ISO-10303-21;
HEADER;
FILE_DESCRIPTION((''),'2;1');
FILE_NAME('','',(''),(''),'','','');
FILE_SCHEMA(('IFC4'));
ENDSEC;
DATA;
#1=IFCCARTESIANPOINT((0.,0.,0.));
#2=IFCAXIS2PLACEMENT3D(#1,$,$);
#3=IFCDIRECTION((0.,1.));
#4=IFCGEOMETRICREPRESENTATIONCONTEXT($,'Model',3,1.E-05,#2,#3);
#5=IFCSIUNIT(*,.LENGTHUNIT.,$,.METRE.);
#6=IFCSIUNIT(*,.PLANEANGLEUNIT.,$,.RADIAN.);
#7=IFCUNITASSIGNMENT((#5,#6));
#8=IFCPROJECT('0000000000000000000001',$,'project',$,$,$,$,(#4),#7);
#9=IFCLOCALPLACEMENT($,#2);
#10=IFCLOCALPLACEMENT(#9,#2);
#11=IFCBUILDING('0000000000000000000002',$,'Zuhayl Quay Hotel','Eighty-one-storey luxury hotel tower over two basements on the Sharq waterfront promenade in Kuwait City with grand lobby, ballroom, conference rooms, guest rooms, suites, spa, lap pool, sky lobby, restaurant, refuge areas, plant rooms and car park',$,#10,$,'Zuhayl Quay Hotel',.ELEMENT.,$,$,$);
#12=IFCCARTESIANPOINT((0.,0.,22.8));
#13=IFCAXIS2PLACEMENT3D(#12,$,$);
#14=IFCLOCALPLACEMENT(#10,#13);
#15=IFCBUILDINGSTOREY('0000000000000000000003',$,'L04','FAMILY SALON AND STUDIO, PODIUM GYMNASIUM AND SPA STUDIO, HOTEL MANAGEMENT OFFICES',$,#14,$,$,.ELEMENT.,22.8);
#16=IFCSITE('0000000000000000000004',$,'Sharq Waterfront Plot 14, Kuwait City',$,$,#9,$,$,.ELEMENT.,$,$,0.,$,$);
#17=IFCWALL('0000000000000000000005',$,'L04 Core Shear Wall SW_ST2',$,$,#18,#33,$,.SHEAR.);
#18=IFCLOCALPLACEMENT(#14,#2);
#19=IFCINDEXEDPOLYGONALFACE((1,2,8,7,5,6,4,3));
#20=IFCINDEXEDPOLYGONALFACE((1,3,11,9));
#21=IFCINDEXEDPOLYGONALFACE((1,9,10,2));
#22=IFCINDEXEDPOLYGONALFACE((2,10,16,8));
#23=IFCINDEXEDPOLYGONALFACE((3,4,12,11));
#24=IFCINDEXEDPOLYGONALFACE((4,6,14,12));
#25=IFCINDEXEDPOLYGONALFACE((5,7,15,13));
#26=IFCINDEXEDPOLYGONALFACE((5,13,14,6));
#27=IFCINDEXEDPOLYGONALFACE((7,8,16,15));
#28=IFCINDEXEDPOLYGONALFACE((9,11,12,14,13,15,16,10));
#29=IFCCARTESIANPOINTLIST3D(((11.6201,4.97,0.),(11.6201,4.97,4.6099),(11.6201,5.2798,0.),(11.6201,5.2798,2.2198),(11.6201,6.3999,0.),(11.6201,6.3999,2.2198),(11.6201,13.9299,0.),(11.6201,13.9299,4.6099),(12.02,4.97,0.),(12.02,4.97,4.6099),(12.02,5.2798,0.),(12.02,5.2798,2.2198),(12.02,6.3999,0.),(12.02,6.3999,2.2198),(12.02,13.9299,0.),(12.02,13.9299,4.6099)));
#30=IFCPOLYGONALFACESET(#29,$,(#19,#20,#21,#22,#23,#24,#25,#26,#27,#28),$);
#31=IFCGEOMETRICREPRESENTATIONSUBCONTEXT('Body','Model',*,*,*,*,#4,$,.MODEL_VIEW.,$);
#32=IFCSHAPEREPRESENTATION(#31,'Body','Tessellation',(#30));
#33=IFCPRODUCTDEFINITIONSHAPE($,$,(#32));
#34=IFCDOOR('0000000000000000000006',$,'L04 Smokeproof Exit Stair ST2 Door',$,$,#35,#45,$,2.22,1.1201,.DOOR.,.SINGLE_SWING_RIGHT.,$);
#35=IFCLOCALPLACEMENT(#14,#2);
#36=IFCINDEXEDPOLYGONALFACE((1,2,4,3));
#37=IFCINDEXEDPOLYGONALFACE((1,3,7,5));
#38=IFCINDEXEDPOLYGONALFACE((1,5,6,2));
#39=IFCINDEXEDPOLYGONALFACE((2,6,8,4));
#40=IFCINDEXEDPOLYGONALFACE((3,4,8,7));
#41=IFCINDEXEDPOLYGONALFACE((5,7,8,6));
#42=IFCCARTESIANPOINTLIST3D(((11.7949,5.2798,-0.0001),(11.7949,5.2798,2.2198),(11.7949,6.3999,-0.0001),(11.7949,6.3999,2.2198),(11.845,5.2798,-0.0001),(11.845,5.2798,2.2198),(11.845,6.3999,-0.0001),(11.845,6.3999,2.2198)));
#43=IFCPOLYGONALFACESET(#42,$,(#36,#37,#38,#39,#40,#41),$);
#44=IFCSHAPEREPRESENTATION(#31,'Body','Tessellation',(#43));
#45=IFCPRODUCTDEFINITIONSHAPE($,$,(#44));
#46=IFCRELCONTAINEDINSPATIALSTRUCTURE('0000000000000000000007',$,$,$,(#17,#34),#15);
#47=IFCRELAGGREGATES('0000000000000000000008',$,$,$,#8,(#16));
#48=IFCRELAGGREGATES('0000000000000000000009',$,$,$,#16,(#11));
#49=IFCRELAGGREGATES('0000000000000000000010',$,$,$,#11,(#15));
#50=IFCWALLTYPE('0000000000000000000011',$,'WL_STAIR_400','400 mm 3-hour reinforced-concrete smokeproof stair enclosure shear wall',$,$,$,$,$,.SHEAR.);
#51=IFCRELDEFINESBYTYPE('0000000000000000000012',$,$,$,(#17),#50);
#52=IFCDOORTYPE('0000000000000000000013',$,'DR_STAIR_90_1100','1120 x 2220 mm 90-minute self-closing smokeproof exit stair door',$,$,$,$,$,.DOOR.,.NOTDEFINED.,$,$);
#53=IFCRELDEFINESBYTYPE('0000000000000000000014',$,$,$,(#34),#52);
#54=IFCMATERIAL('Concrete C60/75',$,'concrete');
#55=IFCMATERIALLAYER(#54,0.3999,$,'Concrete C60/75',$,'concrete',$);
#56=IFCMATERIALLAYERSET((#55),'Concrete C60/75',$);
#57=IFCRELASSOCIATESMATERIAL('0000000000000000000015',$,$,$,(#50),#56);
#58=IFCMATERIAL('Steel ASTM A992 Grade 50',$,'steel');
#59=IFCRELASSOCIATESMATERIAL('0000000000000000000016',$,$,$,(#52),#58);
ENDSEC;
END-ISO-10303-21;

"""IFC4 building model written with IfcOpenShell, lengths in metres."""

from ifc_helpers import new_model, si_unit, direction, frame, frame_2d, origin, place, context, subcontext, project, spatial, rectangle, extrude, material, layer, layer_set, type_object, element, fill, save


model = new_model("IFC4")

# Units and contexts
model_context = context("Model", 3, precision=1e-05, world=origin(), true_north=direction((0.0, 1.0)))
body_context = subcontext(model_context, "Body", "Model", "MODEL_VIEW")
ifc_project = project(units=[si_unit("LENGTHUNIT", "METRE"), si_unit("PLANEANGLEUNIT", "RADIAN")], contexts=[model_context])

# Site, building, storey
site_placement = place(None, origin())
site = spatial("IfcSite", under=ifc_project, at=site_placement, Name="Sharq Waterfront Plot 14, Kuwait City", CompositionType="ELEMENT", RefElevation=0.0)
building_placement = place(site_placement, origin())
building = spatial("IfcBuilding", under=site, at=building_placement, Name="Zuhayl Quay Hotel", Description="Eighty-one-storey luxury hotel tower over two basements on the Sharq waterfront promenade in Kuwait City with grand lobby, ballroom, conference rooms, guest rooms, suites, spa, lap pool, sky lobby, restaurant, refuge areas, plant rooms and car park", LongName="Zuhayl Quay Hotel", CompositionType="ELEMENT")
storey_placement = place(building_placement, frame((0.0, 0.0, 22.8)))
storey = spatial("IfcBuildingStorey", under=building, at=storey_placement, Name="L04", Description="FAMILY SALON AND STUDIO, PODIUM GYMNASIUM AND SPA STUDIO, HOTEL MANAGEMENT OFFICES", CompositionType="ELEMENT", Elevation=22.8)

# Shared definitions
ifc_material_1 = material(Name="Steel ASTM A992 Grade 50", Category="steel")

# Wall, opening, door
ifc_material_2 = material(Name="Concrete C60/75", Category="concrete")
ifc_layer_1 = layer(ifc_material_2, 0.3999, Name="Concrete C60/75", Category="concrete")
ifc_layer_set_1 = layer_set([ifc_layer_1], Name="Concrete C60/75")
wall_type_1 = type_object("IfcWallType", Name="WL_STAIR_400", Description="400 mm 3-hour reinforced-concrete smokeproof stair enclosure shear wall", PredefinedType="SHEAR", material=ifc_layer_set_1)
wall_1_placement = place(storey_placement, frame((11.8201, 13.9299, 0.0), z_axis=(0.0, 0.0, 1.0), x_axis=(0.0, -1.0, 0.0)))
wall_1 = element("IfcWall", 1, at=wall_1_placement, inside=storey, type_object=wall_type_1, Name="L04 Core Shear Wall SW_ST2", PredefinedType="SHEAR", context=body_context, shape_type="SweptSolid", body=[
    extrude(rectangle(XDim=8.96, YDim=0.3999, at=frame_2d((4.48, 0.0))), origin(), (0.0, 0.0, 1.0), 4.6099),
])
opening_1_placement = place(wall_1_placement, frame((7.53, 0.0, 0.0)))
opening_1 = element("IfcOpeningElement", 2, at=opening_1_placement, cuts=wall_1, PredefinedType="OPENING", context=body_context, shape_type="SweptSolid", body=[
    extrude(rectangle(XDim=1.1201, YDim=2.22, at=frame_2d((0.5601, 1.1099))), frame((0.0, 0.21, 0.0), z_axis=(0.0, -1.0, 0.0), x_axis=(1.0, 0.0, 0.0)), (0.0, 0.0, 1.0), 0.4199),
])
door_type_1 = type_object("IfcDoorType", Name="DR_STAIR_90_1100", Description="1120 x 2220 mm 90-minute self-closing smokeproof exit stair door", OperationType="NOTDEFINED", PredefinedType="DOOR", material=ifc_material_1)
door_1_placement = place(opening_1_placement, origin())
door_1 = element("IfcDoor", 3, at=door_1_placement, inside=storey, type_object=door_type_1, Name="L04 Smokeproof Exit Stair ST2 Door", OperationType="SINGLE_SWING_RIGHT", OverallHeight=2.22, OverallWidth=1.1201, PredefinedType="DOOR", context=body_context, shape_type="SweptSolid", body=[
    extrude(rectangle(XDim=1.1201, YDim=2.22, at=frame_2d((0.5601, 1.1099))), frame((0.0, 0.0249, 0.0), z_axis=(0.0, -1.0, 0.0), x_axis=(1.0, 0.0, 0.0)), (0.0, 0.0, 1.0), 0.05),
])
fill(opening_1, door_1)

save(model, "model.ifc")
